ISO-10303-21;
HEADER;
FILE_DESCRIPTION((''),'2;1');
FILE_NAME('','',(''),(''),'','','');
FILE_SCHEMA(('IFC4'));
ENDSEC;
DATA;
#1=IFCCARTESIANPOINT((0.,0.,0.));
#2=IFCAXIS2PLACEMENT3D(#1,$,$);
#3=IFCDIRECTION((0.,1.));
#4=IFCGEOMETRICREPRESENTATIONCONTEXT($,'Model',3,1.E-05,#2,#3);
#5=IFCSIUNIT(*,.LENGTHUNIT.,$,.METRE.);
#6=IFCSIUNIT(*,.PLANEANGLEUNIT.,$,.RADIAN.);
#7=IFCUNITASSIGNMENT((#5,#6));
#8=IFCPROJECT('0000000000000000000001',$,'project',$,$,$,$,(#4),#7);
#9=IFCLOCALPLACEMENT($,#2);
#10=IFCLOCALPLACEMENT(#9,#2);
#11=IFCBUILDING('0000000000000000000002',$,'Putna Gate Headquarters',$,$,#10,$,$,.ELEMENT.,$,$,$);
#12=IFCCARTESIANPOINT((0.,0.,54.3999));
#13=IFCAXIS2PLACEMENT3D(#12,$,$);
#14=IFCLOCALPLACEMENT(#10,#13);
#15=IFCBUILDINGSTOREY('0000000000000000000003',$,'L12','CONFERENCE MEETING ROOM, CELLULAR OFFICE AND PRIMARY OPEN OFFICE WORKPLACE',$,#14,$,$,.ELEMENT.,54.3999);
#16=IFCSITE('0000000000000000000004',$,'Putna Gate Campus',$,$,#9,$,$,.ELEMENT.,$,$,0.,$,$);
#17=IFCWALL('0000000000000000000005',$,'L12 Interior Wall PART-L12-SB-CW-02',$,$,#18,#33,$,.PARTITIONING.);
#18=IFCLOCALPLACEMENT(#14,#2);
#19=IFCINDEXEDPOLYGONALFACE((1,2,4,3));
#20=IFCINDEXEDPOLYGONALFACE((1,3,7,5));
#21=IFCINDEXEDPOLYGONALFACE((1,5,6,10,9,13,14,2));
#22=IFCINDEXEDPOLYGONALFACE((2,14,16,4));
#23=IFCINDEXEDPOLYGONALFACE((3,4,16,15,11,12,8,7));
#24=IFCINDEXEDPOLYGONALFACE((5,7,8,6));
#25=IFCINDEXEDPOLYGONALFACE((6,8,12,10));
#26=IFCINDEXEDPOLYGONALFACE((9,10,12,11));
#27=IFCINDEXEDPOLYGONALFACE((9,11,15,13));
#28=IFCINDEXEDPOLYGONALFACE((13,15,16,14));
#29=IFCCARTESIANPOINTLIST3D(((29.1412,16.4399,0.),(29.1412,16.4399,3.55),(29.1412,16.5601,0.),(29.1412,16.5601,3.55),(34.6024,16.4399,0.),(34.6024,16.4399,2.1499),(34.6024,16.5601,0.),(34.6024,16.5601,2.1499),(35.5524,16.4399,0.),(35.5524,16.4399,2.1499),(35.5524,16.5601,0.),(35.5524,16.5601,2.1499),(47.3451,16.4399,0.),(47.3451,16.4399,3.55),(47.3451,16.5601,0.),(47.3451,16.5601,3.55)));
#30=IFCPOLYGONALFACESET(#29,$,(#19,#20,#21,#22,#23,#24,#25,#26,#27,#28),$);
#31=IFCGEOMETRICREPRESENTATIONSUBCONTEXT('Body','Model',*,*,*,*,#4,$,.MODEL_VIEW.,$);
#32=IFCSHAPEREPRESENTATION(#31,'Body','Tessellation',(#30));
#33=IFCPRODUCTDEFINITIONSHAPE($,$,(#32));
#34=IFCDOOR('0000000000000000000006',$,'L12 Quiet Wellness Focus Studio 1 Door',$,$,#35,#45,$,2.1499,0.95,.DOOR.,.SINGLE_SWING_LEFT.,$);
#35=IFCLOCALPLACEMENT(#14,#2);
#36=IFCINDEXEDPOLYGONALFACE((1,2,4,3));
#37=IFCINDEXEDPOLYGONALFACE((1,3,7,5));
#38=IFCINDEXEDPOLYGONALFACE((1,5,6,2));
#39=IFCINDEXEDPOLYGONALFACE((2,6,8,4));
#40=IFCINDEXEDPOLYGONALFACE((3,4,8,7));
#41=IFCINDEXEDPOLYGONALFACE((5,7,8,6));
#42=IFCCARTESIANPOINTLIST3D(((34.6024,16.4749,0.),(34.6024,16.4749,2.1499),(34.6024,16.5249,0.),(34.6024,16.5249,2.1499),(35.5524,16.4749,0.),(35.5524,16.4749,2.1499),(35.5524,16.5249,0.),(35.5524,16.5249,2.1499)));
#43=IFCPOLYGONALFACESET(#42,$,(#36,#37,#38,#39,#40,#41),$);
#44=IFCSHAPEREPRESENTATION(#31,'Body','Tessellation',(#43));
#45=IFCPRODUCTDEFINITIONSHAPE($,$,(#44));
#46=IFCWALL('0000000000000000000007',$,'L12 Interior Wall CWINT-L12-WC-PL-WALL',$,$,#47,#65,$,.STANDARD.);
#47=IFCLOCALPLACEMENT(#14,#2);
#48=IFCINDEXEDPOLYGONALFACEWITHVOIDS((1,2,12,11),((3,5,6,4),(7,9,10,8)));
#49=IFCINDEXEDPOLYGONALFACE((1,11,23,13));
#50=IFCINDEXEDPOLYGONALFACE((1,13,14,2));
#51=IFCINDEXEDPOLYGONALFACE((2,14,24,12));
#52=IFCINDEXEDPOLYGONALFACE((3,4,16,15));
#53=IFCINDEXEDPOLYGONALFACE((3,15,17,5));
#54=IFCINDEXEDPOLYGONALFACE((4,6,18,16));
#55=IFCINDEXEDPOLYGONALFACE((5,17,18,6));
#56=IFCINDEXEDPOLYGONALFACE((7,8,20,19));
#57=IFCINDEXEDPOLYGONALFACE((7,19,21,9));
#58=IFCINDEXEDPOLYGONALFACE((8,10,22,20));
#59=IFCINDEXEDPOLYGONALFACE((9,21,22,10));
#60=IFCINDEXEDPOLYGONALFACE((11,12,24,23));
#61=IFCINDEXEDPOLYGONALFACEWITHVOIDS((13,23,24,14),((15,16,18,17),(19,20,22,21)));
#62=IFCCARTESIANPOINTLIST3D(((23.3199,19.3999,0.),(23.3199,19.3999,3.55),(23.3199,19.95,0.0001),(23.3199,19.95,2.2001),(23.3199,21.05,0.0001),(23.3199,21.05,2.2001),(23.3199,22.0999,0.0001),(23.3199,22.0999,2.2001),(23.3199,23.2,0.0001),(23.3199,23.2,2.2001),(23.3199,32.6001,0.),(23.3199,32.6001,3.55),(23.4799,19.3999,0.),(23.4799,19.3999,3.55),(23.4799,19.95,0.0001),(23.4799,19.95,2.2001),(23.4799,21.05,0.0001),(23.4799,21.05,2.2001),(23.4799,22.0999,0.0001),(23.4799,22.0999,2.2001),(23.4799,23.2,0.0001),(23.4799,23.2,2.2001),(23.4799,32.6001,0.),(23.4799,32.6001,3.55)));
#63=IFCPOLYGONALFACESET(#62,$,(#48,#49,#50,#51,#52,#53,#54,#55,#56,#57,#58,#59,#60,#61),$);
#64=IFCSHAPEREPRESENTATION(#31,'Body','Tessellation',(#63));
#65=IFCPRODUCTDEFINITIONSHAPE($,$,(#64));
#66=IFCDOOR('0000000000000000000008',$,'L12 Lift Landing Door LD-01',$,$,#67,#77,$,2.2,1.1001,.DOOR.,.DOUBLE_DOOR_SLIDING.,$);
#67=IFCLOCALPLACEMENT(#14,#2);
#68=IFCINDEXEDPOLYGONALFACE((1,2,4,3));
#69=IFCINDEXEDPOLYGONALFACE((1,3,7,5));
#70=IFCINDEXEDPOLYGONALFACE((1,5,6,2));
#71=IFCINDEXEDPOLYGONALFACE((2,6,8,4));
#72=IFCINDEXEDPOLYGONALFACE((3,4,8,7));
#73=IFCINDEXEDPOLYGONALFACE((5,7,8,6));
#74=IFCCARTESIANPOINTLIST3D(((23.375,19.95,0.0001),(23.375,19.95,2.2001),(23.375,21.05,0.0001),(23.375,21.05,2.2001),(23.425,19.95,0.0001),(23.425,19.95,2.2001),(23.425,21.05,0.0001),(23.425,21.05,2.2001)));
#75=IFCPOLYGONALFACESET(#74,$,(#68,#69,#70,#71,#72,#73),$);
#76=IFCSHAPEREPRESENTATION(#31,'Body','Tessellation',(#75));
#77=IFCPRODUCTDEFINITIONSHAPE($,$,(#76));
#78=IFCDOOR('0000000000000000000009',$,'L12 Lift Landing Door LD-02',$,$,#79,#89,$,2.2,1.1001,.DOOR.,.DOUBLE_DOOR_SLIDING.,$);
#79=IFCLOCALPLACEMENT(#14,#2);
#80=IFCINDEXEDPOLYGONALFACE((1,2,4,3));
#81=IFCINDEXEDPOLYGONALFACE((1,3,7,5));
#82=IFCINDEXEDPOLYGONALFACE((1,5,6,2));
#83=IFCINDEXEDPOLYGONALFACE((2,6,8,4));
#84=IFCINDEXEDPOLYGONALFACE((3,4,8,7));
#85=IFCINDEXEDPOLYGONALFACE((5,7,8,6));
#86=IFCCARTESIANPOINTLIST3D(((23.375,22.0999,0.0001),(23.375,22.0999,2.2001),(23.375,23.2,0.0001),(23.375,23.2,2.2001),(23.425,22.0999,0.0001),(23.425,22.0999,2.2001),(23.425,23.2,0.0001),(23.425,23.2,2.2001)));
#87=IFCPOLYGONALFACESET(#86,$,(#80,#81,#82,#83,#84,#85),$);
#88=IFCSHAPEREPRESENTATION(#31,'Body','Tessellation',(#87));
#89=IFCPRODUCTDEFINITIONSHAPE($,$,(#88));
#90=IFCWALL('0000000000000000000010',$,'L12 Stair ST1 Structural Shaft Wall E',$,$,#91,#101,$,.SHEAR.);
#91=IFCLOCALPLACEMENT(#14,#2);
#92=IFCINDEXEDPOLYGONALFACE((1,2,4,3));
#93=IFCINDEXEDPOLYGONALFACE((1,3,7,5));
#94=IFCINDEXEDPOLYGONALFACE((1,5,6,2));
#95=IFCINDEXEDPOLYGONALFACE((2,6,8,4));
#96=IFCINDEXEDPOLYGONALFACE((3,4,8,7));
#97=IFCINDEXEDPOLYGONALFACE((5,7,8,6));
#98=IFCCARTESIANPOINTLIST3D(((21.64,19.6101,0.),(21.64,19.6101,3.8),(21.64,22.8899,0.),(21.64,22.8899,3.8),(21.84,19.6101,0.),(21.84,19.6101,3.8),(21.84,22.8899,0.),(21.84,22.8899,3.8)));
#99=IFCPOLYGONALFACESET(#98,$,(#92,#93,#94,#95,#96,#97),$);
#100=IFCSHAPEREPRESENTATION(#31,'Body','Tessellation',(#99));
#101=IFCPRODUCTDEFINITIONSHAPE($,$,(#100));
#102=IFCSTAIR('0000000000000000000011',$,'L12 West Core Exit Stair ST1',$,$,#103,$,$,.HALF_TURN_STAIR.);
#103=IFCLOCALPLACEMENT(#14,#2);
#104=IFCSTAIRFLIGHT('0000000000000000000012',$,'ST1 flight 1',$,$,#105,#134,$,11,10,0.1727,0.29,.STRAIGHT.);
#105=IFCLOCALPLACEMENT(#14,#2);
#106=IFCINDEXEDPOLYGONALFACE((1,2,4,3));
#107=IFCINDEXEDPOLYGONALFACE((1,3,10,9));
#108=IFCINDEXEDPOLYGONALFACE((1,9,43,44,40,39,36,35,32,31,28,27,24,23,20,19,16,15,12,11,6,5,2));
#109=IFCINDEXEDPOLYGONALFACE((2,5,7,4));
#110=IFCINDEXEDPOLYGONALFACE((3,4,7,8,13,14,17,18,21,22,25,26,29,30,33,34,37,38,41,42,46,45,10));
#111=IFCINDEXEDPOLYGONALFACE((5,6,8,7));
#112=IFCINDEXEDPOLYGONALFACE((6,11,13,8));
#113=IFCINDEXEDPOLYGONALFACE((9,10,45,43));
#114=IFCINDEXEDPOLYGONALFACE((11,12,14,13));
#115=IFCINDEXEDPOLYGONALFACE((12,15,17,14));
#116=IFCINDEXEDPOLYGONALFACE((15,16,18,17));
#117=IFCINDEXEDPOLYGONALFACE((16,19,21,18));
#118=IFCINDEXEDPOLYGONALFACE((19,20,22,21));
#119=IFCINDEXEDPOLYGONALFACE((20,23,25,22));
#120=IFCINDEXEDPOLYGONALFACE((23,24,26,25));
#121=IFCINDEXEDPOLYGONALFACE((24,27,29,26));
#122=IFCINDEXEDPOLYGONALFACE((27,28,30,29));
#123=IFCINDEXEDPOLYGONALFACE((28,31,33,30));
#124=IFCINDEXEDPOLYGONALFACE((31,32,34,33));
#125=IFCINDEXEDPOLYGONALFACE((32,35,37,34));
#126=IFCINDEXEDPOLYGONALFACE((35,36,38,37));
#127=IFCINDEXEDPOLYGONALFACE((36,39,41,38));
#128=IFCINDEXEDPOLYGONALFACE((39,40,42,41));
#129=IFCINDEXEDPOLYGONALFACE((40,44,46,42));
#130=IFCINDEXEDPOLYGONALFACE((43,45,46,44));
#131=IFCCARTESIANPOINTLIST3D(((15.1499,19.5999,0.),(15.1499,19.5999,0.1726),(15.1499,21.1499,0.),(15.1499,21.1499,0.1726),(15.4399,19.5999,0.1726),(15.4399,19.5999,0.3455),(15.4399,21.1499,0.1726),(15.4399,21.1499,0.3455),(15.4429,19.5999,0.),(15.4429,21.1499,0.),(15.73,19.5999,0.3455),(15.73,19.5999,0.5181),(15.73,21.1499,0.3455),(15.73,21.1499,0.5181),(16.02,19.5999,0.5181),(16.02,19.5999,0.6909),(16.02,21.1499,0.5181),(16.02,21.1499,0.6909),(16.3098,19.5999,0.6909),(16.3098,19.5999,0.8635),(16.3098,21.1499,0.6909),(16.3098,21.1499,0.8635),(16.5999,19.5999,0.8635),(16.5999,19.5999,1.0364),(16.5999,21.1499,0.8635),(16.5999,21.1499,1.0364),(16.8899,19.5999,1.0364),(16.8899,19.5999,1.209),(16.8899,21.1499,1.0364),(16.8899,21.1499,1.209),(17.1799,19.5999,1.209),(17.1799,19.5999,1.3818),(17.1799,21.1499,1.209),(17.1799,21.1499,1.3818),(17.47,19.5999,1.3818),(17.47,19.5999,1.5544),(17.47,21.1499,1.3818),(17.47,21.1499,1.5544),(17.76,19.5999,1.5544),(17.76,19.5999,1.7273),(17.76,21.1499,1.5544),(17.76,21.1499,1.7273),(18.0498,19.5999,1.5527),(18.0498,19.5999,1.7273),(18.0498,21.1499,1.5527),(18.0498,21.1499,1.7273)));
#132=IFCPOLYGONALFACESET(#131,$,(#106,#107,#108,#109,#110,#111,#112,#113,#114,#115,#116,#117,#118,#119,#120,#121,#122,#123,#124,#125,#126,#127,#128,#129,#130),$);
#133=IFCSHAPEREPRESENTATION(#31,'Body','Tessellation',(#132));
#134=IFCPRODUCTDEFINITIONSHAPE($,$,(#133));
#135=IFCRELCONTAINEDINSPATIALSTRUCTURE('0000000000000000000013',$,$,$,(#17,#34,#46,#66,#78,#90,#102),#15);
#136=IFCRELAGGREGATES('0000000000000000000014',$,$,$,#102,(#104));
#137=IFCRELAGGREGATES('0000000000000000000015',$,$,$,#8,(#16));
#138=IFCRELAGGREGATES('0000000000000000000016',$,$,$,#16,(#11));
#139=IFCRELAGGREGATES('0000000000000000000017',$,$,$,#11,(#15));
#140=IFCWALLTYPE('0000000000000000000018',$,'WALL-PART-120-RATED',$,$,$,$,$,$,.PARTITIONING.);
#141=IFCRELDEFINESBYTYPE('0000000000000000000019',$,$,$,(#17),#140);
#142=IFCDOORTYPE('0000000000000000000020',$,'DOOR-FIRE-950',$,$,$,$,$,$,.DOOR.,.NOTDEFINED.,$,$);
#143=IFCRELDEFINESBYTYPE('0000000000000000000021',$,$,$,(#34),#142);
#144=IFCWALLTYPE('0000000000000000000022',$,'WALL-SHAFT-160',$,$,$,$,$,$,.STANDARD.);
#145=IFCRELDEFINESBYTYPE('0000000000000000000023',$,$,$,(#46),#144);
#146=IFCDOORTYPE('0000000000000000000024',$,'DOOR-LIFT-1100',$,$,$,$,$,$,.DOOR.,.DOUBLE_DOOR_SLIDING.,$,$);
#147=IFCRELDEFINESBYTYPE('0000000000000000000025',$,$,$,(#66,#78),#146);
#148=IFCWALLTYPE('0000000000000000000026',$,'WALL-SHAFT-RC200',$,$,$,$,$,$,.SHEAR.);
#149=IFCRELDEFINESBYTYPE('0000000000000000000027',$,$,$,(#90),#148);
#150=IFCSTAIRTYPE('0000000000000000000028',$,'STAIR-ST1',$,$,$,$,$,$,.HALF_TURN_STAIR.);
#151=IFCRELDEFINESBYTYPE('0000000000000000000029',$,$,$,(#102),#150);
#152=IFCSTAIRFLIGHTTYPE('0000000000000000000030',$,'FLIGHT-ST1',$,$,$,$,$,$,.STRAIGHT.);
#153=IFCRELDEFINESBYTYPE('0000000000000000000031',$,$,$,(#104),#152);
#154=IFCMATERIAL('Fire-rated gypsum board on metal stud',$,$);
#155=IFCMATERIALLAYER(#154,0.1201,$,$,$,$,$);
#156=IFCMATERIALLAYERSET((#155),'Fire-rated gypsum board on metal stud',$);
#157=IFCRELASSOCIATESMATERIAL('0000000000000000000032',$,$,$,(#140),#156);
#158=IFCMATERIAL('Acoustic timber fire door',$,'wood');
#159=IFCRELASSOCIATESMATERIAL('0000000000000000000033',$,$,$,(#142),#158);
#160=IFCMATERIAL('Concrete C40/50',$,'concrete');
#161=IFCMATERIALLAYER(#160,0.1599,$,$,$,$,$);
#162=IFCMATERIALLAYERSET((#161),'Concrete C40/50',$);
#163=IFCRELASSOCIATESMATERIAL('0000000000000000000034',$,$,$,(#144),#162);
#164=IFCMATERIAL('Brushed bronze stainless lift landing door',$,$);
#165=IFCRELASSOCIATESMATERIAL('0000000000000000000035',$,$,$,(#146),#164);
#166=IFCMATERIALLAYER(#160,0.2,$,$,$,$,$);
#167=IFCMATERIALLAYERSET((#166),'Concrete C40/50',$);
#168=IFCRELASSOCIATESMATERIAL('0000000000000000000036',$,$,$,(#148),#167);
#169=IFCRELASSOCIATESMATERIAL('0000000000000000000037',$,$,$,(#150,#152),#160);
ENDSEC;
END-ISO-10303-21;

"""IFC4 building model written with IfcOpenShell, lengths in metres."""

from ifc_helpers import new_model, si_unit, direction, frame, frame_2d, origin, place, context, subcontext, project, spatial, polyline, rectangle, outline, extrude, material, layer, layer_set, type_object, element, fill, aggregate, save


model = new_model("IFC4")

# Units and contexts
model_context = context("Model", 3, precision=1e-05, world=origin(), true_north=direction((0.0, 1.0)))
body_context = subcontext(model_context, "Body", "Model", "MODEL_VIEW")
ifc_project = project(units=[si_unit("LENGTHUNIT", "METRE"), si_unit("PLANEANGLEUNIT", "RADIAN")], contexts=[model_context])

# Site, building, storey
site_placement = place(None, origin())
site = spatial("IfcSite", under=ifc_project, at=site_placement, Name="Putna Gate Campus", CompositionType="ELEMENT", RefElevation=0.0)
building_placement = place(site_placement, origin())
building = spatial("IfcBuilding", under=site, at=building_placement, Name="Putna Gate Headquarters", CompositionType="ELEMENT")
storey_placement = place(building_placement, frame((0.0, 0.0, 54.3999)))
storey = spatial("IfcBuildingStorey", under=building, at=storey_placement, Name="L12", Description="CONFERENCE MEETING ROOM, CELLULAR OFFICE AND PRIMARY OPEN OFFICE WORKPLACE", CompositionType="ELEMENT", Elevation=54.3999)

# Wall, opening, door
ifc_material_1 = material(Name="Fire-rated gypsum board on metal stud")
ifc_layer_1 = layer(ifc_material_1, 0.1201)
ifc_layer_set_1 = layer_set([ifc_layer_1], Name="Fire-rated gypsum board on metal stud")
wall_type_1 = type_object("IfcWallType", Name="WALL-PART-120-RATED", PredefinedType="PARTITIONING", material=ifc_layer_set_1)
wall_1_placement = place(storey_placement, frame((29.1411, 16.5, 0.0), z_axis=(0.0, 0.0, 1.0), x_axis=(1.0, 0.0, 0.0)))
wall_1 = element("IfcWall", 1, at=wall_1_placement, inside=storey, type_object=wall_type_1, Name="L12 Interior Wall PART-L12-SB-CW-02", PredefinedType="PARTITIONING", context=body_context, shape_type="SweptSolid", body=[
    extrude(rectangle(XDim=18.2039, YDim=0.1201, at=frame_2d((9.1021, 0.0))), origin(), (0.0, 0.0, 1.0), 3.55),
])
opening_1_placement = place(wall_1_placement, frame((5.4612, 0.0, 0.0)))
opening_1 = element("IfcOpeningElement", 2, at=opening_1_placement, cuts=wall_1, PredefinedType="OPENING", context=body_context, shape_type="SweptSolid", body=[
    extrude(rectangle(XDim=0.95, YDim=2.1499, at=frame_2d((0.4751, 1.075))), frame((0.0, 0.0701, 0.0), z_axis=(0.0, -1.0, 0.0), x_axis=(1.0, 0.0, 0.0)), (0.0, 0.0, 1.0), 0.1401),
])
ifc_material_2 = material(Name="Acoustic timber fire door", Category="wood")
door_type_1 = type_object("IfcDoorType", Name="DOOR-FIRE-950", OperationType="NOTDEFINED", PredefinedType="DOOR", material=ifc_material_2)
door_1_placement = place(opening_1_placement, origin())
door_1 = element("IfcDoor", 3, at=door_1_placement, inside=storey, type_object=door_type_1, Name="L12 Quiet Wellness Focus Studio 1 Door", OperationType="SINGLE_SWING_LEFT", OverallHeight=2.1499, OverallWidth=0.95, PredefinedType="DOOR", context=body_context, shape_type="SweptSolid", body=[
    extrude(rectangle(XDim=0.95, YDim=2.1499, at=frame_2d((0.4751, 1.075))), frame((0.0, 0.0249, 0.0), z_axis=(0.0, -1.0, 0.0), x_axis=(1.0, 0.0, 0.0)), (0.0, 0.0, 1.0), 0.05),
])
fill(opening_1, door_1)

# Wall, openings, doors
ifc_material_3 = material(Name="Concrete C40/50", Category="concrete")
ifc_layer_2 = layer(ifc_material_3, 0.1599)
ifc_layer_set_2 = layer_set([ifc_layer_2], Name="Concrete C40/50")
wall_type_2 = type_object("IfcWallType", Name="WALL-SHAFT-160", PredefinedType="STANDARD", material=ifc_layer_set_2)
wall_2_placement = place(storey_placement, frame((23.3999, 19.3999, 0.0), z_axis=(0.0, 0.0, 1.0), x_axis=(0.0, 1.0, 0.0)))
wall_2 = element("IfcWall", 4, at=wall_2_placement, inside=storey, type_object=wall_type_2, Name="L12 Interior Wall CWINT-L12-WC-PL-WALL", PredefinedType="STANDARD", context=body_context, shape_type="SweptSolid", body=[
    extrude(rectangle(XDim=13.2002, YDim=0.1599, at=frame_2d((6.6001, 0.0))), origin(), (0.0, 0.0, 1.0), 3.55),
])
opening_2_placement = place(wall_2_placement, frame((0.55, 0.0, 0.0)))
opening_2 = element("IfcOpeningElement", 5, at=opening_2_placement, cuts=wall_2, PredefinedType="OPENING", context=body_context, shape_type="SweptSolid", body=[
    extrude(rectangle(XDim=1.1001, YDim=2.2, at=frame_2d((0.55, 1.1001))), frame((0.0, 0.0898, 0.0), z_axis=(0.0, -1.0, 0.0), x_axis=(1.0, 0.0, 0.0)), (0.0, 0.0, 1.0), 0.1799),
])
opening_3_placement = place(wall_2_placement, frame((2.7, 0.0, 0.0)))
opening_3 = element("IfcOpeningElement", 6, at=opening_3_placement, cuts=wall_2, PredefinedType="OPENING", context=body_context, shape_type="SweptSolid", body=[
    extrude(rectangle(XDim=1.1001, YDim=2.2, at=frame_2d((0.55, 1.1001))), frame((0.0, 0.0898, 0.0), z_axis=(0.0, -1.0, 0.0), x_axis=(1.0, 0.0, 0.0)), (0.0, 0.0, 1.0), 0.1799),
])
ifc_material_4 = material(Name="Brushed bronze stainless lift landing door")
door_type_2 = type_object("IfcDoorType", Name="DOOR-LIFT-1100", OperationType="DOUBLE_DOOR_SLIDING", PredefinedType="DOOR", material=ifc_material_4)
door_2_placement = place(opening_2_placement, origin())
door_2 = element("IfcDoor", 7, at=door_2_placement, inside=storey, type_object=door_type_2, Name="L12 Lift Landing Door LD-01", OperationType="DOUBLE_DOOR_SLIDING", OverallHeight=2.2, OverallWidth=1.1001, PredefinedType="DOOR", context=body_context, shape_type="SweptSolid", body=[
    extrude(rectangle(XDim=1.1001, YDim=2.2, at=frame_2d((0.55, 1.1001))), frame((0.0, 0.0249, 0.0), z_axis=(0.0, -1.0, 0.0), x_axis=(1.0, 0.0, 0.0)), (0.0, 0.0, 1.0), 0.05),
])
fill(opening_2, door_2)
door_3_placement = place(opening_3_placement, origin())
door_3 = element("IfcDoor", 8, at=door_3_placement, inside=storey, type_object=door_type_2, Name="L12 Lift Landing Door LD-02", OperationType="DOUBLE_DOOR_SLIDING", OverallHeight=2.2, OverallWidth=1.1001, PredefinedType="DOOR", context=body_context, shape_type="SweptSolid", body=[
    extrude(rectangle(XDim=1.1001, YDim=2.2, at=frame_2d((0.55, 1.1001))), frame((0.0, 0.0249, 0.0), z_axis=(0.0, -1.0, 0.0), x_axis=(1.0, 0.0, 0.0)), (0.0, 0.0, 1.0), 0.05),
])
fill(opening_3, door_3)

# Wall
ifc_layer_3 = layer(ifc_material_3, 0.2)
ifc_layer_set_3 = layer_set([ifc_layer_3], Name="Concrete C40/50")
wall_type_3 = type_object("IfcWallType", Name="WALL-SHAFT-RC200", PredefinedType="SHEAR", material=ifc_layer_set_3)
wall_3_placement = place(storey_placement, frame((21.74, 19.6101, 0.0), z_axis=(0.0, 0.0, 1.0), x_axis=(0.0, 1.0, 0.0)))
element("IfcWall", 9, at=wall_3_placement, inside=storey, type_object=wall_type_3, Name="L12 Stair ST1 Structural Shaft Wall E", PredefinedType="SHEAR", context=body_context, shape_type="SweptSolid", body=[
    extrude(rectangle(XDim=3.2798, YDim=0.2, at=frame_2d((1.6399, 0.0))), origin(), (0.0, 0.0, 1.0), 3.8),
])

# Stair, stair flight
stair_type = type_object("IfcStairType", Name="STAIR-ST1", PredefinedType="HALF_TURN_STAIR", material=ifc_material_3)
stair_placement = place(storey_placement, origin())
stair = element("IfcStair", 10, at=stair_placement, inside=storey, type_object=stair_type, Name="L12 West Core Exit Stair ST1", PredefinedType="HALF_TURN_STAIR")
stair_flight_type = type_object("IfcStairFlightType", Name="FLIGHT-ST1", PredefinedType="STRAIGHT", material=ifc_material_3)
stair_flight_placement = place(storey_placement, frame((15.1499, 20.375, 0.0), z_axis=(0.0, 0.0, 1.0), x_axis=(1.0, 0.0, 0.0)))
stair_flight = element("IfcStairFlight", 11, at=stair_flight_placement, type_object=stair_flight_type, Name="ST1 flight 1", NumberOfRisers=11, NumberOfTreads=10, PredefinedType="STRAIGHT", RiserHeight=0.1727, TreadLength=0.29, context=body_context, shape_type="SweptSolid", body=[
    extrude(outline(polyline([(0.0, 0.0), (0.0, 0.1726), (0.29, 0.1726), (0.29, 0.3455), (0.5801, 0.3455), (0.5801, 0.5181), (0.8701, 0.5181), (0.8701, 0.6909), (1.1599, 0.6909), (1.1599, 0.8635), (1.45, 0.8635), (1.45, 1.0364), (1.74, 1.0364), (1.74, 1.209), (2.03, 1.209), (2.03, 1.3818), (2.3201, 1.3818), (2.3201, 1.5544), (2.6101, 1.5544), (2.6101, 1.7273), (2.8999, 1.7273), (2.8999, 1.8999), (2.8999, 1.5527), (0.293, 0.0), (0.0, 0.0)])), frame((0.0, 0.7749, 0.0), z_axis=(0.0, -1.0, 0.0), x_axis=(1.0, 0.0, 0.0)), (0.0, 0.0, 1.0), 1.55),
])
aggregate(stair, [stair_flight])

save(model, "model.ifc")
